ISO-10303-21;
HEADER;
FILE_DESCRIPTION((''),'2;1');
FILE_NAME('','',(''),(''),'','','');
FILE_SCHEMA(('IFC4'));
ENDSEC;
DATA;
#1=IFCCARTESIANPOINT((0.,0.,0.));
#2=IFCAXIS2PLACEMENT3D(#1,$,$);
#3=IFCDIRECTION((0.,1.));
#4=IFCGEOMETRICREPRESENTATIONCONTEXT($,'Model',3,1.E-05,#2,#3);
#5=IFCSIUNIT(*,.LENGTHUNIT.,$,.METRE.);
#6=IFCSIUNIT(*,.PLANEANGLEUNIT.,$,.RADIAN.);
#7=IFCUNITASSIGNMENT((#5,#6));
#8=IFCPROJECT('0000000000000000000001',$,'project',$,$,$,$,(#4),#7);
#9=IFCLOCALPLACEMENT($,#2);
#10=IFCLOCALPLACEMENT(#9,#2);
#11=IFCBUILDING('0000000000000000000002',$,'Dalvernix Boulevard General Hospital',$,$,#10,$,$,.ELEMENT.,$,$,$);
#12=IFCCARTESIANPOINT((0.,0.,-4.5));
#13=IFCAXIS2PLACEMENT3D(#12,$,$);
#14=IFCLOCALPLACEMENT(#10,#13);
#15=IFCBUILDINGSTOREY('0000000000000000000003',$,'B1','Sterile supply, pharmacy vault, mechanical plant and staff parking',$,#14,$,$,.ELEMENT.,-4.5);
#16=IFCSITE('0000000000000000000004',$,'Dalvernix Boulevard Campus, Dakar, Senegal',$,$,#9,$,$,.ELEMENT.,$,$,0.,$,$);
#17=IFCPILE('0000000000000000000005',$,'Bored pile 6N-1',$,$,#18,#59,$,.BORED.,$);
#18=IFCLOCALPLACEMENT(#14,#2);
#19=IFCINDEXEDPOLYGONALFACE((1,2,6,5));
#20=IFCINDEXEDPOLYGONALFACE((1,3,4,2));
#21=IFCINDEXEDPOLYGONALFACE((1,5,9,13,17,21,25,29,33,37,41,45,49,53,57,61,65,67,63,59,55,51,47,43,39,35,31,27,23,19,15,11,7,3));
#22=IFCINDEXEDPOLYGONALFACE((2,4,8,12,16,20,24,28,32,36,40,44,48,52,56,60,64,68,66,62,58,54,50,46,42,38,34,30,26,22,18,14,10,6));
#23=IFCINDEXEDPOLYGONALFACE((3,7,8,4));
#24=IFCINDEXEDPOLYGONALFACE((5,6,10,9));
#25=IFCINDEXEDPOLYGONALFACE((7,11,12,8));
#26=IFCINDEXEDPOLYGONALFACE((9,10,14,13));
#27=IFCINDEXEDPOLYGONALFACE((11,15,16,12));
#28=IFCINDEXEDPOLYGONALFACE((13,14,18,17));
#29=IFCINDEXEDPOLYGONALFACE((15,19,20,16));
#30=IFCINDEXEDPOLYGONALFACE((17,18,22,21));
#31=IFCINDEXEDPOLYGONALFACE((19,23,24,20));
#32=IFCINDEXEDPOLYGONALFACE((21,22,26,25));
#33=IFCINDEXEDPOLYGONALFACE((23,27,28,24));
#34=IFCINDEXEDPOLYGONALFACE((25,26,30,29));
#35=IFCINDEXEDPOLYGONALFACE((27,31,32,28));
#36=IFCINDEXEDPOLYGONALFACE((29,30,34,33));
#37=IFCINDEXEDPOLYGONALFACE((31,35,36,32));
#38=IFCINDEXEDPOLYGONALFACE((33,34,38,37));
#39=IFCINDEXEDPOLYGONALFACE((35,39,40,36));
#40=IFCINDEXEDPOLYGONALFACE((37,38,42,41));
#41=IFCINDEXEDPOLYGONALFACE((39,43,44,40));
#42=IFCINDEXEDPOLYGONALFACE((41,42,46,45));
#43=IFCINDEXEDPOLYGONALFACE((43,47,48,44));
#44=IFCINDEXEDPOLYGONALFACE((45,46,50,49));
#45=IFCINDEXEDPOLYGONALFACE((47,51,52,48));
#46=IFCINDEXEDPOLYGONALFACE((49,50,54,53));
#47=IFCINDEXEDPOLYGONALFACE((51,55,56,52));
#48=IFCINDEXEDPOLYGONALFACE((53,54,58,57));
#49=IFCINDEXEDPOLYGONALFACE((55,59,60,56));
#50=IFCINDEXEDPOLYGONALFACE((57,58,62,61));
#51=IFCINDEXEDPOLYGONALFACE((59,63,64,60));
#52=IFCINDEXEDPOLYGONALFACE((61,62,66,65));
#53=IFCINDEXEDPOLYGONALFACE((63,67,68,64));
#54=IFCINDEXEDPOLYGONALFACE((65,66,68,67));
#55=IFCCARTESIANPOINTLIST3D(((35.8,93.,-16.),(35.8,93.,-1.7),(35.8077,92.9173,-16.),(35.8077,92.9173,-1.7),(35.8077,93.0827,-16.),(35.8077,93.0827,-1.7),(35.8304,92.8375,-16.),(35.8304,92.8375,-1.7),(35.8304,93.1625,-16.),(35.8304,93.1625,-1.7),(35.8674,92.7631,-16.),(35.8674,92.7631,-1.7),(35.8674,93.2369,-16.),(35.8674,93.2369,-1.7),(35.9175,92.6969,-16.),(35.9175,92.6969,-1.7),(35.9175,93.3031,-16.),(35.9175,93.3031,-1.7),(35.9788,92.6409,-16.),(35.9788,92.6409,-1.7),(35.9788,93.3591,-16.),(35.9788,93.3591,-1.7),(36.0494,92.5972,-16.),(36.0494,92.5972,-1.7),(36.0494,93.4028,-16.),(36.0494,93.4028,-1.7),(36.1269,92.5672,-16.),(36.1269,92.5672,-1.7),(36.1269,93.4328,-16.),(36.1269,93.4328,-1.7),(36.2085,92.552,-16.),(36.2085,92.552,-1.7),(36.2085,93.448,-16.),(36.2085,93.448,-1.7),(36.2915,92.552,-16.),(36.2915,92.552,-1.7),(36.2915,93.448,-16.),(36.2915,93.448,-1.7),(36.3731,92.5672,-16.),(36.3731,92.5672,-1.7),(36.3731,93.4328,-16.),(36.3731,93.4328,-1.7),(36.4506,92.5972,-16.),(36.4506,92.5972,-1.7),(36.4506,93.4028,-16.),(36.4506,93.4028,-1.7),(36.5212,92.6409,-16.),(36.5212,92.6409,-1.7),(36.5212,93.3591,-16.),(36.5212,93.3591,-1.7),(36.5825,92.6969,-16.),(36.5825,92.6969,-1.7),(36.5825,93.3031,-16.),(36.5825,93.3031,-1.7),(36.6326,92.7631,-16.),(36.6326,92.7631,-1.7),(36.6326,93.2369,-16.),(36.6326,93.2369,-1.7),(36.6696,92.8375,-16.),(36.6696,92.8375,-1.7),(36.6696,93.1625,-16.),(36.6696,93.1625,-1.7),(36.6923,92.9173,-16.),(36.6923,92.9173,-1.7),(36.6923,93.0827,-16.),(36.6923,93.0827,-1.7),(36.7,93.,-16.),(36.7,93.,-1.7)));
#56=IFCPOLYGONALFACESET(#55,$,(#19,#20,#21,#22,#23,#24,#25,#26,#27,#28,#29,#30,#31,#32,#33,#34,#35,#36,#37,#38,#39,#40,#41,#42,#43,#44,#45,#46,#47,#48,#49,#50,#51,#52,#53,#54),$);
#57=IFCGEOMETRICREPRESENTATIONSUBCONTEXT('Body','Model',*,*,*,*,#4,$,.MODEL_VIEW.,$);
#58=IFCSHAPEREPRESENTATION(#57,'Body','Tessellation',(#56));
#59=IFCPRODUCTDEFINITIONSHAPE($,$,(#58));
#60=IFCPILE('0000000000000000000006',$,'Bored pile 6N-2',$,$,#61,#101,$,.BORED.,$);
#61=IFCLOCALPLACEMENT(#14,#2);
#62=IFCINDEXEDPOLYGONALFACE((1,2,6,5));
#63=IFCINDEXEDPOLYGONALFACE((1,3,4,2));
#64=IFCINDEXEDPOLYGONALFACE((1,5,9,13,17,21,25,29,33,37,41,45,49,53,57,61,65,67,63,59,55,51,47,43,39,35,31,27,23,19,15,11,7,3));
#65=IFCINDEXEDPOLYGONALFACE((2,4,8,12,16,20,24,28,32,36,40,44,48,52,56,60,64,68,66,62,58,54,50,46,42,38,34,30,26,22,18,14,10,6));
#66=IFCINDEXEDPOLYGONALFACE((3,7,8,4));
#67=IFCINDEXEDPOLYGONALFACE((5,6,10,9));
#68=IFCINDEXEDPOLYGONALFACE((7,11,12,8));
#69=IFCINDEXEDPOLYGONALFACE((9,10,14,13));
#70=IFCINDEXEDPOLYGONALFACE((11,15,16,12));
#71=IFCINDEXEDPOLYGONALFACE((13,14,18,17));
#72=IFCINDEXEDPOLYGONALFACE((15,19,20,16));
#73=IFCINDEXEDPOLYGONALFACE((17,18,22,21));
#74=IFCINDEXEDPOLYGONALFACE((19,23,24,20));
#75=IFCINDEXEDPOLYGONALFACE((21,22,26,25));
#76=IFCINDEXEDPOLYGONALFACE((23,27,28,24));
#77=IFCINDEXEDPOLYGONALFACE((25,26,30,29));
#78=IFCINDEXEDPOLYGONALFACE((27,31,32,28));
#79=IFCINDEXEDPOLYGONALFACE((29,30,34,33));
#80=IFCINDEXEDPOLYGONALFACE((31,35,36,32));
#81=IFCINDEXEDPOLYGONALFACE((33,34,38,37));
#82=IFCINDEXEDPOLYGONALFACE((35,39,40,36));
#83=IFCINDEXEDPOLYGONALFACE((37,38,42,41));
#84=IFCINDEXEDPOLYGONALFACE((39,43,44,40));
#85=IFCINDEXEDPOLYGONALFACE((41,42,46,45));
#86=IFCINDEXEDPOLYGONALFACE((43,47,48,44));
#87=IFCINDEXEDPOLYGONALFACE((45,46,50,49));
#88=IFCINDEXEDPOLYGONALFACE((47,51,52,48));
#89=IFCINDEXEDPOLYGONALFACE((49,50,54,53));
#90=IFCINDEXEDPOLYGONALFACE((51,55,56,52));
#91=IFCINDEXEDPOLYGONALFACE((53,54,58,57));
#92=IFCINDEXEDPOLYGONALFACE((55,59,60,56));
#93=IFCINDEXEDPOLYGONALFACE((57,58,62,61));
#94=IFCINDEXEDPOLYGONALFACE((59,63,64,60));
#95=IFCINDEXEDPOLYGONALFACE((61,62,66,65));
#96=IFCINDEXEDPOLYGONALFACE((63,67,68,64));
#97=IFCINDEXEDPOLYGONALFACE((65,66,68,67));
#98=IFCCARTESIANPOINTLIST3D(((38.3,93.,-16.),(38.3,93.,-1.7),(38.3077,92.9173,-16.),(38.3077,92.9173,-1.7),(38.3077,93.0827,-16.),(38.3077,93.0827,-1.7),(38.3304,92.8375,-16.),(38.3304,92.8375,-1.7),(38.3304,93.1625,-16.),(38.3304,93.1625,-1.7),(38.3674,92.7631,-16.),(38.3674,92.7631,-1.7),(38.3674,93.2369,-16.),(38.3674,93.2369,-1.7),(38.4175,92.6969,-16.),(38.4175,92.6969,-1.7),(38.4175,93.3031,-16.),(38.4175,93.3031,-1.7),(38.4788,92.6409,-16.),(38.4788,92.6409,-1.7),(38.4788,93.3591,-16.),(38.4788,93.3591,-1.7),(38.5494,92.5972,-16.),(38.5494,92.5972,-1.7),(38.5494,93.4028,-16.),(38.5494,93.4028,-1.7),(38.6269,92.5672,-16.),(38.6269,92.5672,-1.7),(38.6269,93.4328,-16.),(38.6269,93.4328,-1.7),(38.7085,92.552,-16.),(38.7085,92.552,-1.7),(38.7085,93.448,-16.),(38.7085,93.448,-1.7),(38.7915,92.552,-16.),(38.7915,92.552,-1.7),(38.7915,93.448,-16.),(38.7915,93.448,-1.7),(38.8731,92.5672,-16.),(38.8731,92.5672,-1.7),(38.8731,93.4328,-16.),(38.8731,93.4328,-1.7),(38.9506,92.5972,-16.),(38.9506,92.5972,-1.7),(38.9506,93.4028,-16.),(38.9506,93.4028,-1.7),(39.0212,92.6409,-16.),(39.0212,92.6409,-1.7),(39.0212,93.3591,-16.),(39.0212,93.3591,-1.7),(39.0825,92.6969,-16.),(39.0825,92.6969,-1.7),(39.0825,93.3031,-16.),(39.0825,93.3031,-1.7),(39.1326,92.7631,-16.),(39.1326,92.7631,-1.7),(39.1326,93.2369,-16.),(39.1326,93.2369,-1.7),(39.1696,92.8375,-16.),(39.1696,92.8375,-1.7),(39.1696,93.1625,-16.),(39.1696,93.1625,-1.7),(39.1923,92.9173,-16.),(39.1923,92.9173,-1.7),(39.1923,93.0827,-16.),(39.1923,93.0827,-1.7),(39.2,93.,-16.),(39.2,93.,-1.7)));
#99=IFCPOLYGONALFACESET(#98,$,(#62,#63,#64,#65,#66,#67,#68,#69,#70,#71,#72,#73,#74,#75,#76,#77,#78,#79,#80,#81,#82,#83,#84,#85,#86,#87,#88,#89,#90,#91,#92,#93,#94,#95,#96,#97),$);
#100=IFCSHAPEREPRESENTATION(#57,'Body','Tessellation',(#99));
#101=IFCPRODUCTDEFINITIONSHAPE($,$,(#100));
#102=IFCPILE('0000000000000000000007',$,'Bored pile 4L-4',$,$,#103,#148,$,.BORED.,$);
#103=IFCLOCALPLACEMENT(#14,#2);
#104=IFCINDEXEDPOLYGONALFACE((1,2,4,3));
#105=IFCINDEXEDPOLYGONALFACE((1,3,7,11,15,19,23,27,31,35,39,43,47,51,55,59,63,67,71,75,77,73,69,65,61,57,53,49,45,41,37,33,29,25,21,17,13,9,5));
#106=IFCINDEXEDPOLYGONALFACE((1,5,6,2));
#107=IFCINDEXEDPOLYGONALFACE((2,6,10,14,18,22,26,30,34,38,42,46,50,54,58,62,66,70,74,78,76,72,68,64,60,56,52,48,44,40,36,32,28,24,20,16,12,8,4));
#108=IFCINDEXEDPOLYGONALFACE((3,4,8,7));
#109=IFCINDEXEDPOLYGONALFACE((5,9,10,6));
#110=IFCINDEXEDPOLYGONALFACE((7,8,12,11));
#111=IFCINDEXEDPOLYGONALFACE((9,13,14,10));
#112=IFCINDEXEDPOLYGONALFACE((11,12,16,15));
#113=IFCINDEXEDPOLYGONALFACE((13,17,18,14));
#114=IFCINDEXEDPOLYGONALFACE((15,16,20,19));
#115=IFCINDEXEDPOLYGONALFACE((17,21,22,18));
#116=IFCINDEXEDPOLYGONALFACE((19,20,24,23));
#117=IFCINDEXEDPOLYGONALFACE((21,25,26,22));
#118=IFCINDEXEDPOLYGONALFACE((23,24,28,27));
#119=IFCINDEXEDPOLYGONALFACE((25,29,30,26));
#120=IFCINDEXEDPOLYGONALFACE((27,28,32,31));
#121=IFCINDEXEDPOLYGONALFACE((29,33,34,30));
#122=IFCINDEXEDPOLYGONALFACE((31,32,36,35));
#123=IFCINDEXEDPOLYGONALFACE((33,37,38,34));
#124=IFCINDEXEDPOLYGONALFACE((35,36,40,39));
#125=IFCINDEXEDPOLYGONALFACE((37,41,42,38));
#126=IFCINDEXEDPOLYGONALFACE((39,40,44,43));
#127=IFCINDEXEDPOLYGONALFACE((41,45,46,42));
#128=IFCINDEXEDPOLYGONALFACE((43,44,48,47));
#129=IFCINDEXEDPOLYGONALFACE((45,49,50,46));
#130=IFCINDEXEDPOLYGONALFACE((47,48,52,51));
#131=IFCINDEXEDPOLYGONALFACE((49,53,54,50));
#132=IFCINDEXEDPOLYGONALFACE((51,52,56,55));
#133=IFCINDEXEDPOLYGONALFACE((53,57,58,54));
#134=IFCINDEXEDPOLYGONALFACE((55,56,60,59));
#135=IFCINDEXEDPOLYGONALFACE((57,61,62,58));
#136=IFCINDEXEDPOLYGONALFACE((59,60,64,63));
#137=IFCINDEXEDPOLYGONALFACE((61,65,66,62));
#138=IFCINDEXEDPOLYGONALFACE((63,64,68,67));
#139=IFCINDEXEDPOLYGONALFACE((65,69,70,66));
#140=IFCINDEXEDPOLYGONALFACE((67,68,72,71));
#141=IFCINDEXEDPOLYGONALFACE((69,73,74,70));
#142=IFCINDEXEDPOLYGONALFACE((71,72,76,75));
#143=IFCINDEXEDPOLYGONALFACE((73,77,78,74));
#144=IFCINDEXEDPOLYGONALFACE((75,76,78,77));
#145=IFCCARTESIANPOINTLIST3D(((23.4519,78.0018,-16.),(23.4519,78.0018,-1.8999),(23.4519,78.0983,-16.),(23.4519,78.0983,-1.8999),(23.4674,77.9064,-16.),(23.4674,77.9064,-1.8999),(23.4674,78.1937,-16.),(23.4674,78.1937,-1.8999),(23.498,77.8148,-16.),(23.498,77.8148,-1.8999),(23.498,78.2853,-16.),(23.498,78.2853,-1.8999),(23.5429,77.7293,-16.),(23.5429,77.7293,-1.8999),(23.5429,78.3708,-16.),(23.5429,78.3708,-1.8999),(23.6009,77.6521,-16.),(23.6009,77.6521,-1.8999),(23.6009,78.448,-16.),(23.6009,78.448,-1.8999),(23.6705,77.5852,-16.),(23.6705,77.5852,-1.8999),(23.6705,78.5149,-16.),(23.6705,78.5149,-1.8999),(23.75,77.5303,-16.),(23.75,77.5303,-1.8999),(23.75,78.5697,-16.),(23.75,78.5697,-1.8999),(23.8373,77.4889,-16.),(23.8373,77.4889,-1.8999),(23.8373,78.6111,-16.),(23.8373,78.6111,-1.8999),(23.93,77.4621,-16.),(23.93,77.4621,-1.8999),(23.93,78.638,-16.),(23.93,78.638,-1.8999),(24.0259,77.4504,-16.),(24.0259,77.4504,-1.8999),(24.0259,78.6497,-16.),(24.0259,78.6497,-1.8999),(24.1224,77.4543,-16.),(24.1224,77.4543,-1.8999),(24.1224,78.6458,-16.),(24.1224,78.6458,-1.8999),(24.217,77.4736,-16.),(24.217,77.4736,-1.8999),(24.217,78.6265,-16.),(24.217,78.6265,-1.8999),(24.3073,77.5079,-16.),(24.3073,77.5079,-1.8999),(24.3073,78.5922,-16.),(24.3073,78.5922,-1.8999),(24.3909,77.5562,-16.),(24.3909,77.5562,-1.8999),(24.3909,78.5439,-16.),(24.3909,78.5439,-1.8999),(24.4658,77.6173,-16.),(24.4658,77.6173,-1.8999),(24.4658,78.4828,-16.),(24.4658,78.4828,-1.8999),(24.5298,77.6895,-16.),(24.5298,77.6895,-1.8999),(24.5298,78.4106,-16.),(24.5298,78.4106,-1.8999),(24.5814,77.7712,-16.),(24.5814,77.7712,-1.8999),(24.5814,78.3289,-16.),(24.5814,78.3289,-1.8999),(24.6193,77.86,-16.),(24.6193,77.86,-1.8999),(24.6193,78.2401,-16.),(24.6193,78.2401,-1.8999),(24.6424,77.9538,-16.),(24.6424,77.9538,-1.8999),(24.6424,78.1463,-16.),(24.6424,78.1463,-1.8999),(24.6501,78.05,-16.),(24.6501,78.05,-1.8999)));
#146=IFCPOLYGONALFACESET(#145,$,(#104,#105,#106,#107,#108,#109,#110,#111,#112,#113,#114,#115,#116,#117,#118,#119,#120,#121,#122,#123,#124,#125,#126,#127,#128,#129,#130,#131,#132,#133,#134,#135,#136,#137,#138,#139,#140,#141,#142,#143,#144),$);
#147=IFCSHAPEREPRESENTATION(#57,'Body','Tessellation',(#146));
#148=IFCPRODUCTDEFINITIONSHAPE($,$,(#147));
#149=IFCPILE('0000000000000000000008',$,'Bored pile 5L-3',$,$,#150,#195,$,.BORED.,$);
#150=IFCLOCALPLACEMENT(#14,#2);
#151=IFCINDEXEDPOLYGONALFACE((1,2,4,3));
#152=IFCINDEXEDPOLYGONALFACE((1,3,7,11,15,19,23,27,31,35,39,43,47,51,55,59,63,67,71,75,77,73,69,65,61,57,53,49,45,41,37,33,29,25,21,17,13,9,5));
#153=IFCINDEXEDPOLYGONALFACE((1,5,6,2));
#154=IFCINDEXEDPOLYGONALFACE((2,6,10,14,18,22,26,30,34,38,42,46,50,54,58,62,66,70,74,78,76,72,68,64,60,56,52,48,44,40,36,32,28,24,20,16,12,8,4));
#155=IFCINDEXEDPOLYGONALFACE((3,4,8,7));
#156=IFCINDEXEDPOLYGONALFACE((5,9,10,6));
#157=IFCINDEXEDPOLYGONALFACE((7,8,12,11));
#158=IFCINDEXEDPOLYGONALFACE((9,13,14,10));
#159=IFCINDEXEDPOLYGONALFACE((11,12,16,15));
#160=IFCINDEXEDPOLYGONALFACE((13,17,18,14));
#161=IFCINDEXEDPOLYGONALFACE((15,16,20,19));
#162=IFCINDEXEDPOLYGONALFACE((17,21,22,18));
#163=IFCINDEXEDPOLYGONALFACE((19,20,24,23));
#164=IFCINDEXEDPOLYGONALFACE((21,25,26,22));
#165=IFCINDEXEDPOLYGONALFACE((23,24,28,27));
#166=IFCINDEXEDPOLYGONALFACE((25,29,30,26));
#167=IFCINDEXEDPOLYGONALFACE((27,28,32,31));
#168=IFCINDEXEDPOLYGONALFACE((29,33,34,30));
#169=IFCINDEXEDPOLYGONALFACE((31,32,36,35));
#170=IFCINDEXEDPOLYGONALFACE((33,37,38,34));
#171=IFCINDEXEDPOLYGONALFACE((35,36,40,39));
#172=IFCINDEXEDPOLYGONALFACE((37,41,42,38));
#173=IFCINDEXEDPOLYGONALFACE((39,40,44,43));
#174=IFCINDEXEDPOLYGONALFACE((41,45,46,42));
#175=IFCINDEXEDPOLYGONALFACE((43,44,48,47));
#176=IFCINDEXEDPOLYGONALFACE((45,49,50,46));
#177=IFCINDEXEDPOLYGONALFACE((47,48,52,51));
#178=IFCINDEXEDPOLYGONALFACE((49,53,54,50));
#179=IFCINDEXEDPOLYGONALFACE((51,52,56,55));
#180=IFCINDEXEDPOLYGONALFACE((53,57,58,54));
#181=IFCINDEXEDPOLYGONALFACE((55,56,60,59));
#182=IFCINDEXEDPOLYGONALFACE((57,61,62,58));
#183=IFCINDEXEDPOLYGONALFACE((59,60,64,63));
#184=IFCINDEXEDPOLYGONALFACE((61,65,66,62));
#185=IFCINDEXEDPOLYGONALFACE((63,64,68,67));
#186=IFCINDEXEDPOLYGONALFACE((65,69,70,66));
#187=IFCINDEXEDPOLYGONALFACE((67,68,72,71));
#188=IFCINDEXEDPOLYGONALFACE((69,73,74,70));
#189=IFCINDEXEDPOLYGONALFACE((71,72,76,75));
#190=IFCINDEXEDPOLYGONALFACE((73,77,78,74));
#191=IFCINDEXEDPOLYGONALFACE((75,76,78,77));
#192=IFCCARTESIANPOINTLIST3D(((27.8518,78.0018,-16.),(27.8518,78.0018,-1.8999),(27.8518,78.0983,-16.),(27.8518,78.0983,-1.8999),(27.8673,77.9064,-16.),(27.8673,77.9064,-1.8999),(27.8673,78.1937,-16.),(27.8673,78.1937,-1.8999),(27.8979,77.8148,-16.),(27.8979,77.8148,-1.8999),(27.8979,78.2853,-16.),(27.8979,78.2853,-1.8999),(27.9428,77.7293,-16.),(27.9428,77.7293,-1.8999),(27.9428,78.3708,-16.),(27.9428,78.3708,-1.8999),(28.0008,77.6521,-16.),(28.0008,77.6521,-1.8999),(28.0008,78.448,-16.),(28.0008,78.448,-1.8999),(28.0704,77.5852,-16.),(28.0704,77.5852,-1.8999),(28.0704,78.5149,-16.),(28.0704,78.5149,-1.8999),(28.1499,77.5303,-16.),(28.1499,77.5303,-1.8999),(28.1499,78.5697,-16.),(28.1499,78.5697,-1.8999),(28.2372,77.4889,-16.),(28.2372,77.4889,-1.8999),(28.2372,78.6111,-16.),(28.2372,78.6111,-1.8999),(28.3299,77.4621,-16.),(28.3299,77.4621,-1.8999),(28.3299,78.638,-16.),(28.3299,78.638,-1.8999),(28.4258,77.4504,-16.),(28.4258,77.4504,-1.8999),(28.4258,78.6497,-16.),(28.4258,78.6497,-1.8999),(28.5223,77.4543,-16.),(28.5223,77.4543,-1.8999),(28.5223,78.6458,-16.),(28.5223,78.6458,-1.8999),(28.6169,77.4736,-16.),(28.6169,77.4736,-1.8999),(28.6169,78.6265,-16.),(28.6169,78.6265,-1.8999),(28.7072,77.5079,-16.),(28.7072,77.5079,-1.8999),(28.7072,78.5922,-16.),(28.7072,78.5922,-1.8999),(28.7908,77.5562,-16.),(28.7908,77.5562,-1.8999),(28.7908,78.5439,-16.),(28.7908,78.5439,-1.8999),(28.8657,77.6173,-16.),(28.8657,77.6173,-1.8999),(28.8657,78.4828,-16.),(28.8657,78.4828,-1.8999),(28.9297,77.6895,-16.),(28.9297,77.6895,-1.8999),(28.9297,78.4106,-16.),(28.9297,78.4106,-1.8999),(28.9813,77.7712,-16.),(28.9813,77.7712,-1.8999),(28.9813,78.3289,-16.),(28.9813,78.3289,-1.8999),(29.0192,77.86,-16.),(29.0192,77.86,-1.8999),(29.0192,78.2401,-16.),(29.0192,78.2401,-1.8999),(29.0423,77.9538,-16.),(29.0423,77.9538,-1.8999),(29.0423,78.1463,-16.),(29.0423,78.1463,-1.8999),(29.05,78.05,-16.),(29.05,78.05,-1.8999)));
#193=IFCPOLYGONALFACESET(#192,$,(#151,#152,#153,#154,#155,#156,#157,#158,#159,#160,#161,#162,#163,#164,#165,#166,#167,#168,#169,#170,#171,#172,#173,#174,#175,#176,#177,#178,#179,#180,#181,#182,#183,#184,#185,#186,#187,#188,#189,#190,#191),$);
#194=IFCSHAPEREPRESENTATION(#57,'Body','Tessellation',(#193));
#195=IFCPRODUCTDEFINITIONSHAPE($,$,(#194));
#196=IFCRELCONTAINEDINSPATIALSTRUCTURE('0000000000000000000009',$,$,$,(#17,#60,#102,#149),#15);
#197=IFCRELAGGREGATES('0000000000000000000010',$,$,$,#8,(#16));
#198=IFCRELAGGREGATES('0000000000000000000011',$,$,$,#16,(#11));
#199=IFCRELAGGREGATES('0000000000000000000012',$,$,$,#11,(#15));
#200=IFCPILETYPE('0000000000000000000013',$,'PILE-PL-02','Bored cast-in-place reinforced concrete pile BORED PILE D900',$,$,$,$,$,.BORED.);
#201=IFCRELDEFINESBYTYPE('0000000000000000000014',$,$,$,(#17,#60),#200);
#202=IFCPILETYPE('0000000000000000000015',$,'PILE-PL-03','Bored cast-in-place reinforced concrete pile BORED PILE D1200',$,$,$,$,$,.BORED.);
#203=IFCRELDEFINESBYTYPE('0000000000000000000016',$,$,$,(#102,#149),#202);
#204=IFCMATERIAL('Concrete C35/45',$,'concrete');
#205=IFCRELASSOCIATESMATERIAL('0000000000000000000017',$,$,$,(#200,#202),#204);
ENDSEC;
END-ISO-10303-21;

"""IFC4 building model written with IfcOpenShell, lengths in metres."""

from ifc_helpers import new_model, si_unit, direction, frame, origin, origin_2d, place, context, subcontext, project, spatial, circle, extrude, material, material_profile, profile_set, type_object, element, save


model = new_model("IFC4")

# Units and contexts
model_context = context("Model", 3, precision=1e-05, world=origin(), true_north=direction((0.0, 1.0)))
body_context = subcontext(model_context, "Body", "Model", "MODEL_VIEW")
ifc_project = project(units=[si_unit("LENGTHUNIT", "METRE"), si_unit("PLANEANGLEUNIT", "RADIAN")], contexts=[model_context])

# Site, building, storey
site_placement = place(None, origin())
site = spatial("IfcSite", under=ifc_project, at=site_placement, Name="Dalvernix Boulevard Campus, Dakar, Senegal", CompositionType="ELEMENT", RefElevation=0.0)
building_placement = place(site_placement, origin())
building = spatial("IfcBuilding", under=site, at=building_placement, Name="Dalvernix Boulevard General Hospital", CompositionType="ELEMENT")
storey_placement = place(building_placement, frame((0.0, 0.0, -4.5)))
storey = spatial("IfcBuildingStorey", under=building, at=storey_placement, Name="B1", Description="Sterile supply, pharmacy vault, mechanical plant and staff parking", CompositionType="ELEMENT", Elevation=-4.5)

# Shared definitions
ifc_material_1 = material(Name="Concrete C35/45", Category="concrete")

# Piles
ifc_material_profile_1 = material_profile(ifc_material_1, circle(Radius=0.45, at=origin_2d()), Name="BORED PILE D900")
ifc_profile_set_1 = profile_set([ifc_material_profile_1], Name="Concrete C35/45")
pile_type_1 = type_object("IfcPileType", Name="PILE-PL-02", Description="Bored cast-in-place reinforced concrete pile BORED PILE D900", PredefinedType="BORED", material=ifc_profile_set_1)
for number, where, z_axis, x_axis, name in (
    (1, (36.25, 93.0, -1.7), (0.0, 0.0, -1.0), (1.0, 0.0, 0.0), "Bored pile 6N-1"),
    (2, (38.75, 93.0, -1.7), (0.0, 0.0, -1.0), (1.0, 0.0, 0.0), "Bored pile 6N-2"),
):
    element("IfcPile", number, at=place(storey_placement, frame(where, z_axis=z_axis, x_axis=x_axis)), inside=storey, type_object=pile_type_1, Name=name, PredefinedType="BORED", context=body_context, shape_type="SweptSolid", body=[
        extrude(circle(Radius=0.45, at=origin_2d()), origin(), (0.0, 0.0, 1.0), 14.3),
    ])
ifc_material_profile_2 = material_profile(ifc_material_1, circle(Radius=0.6001, at=origin_2d()), Name="BORED PILE D1200")
ifc_profile_set_2 = profile_set([ifc_material_profile_2], Name="Concrete C35/45")
pile_type_2 = type_object("IfcPileType", Name="PILE-PL-03", Description="Bored cast-in-place reinforced concrete pile BORED PILE D1200", PredefinedType="BORED", material=ifc_profile_set_2)
for number, where, z_axis, x_axis, name in (
    (3, (24.05, 78.05, -1.8999), (0.0, 0.0, -1.0), (1.0, 0.0, 0.0), "Bored pile 4L-4"),
    (4, (28.45, 78.05, -1.8999), (0.0, 0.0, -1.0), (1.0, 0.0, 0.0), "Bored pile 5L-3"),
):
    element("IfcPile", number, at=place(storey_placement, frame(where, z_axis=z_axis, x_axis=x_axis)), inside=storey, type_object=pile_type_2, Name=name, PredefinedType="BORED", context=body_context, shape_type="SweptSolid", body=[
        extrude(circle(Radius=0.6001, at=origin_2d()), origin(), (0.0, 0.0, 1.0), 14.1001),
    ])

save(model, "model.ifc")
